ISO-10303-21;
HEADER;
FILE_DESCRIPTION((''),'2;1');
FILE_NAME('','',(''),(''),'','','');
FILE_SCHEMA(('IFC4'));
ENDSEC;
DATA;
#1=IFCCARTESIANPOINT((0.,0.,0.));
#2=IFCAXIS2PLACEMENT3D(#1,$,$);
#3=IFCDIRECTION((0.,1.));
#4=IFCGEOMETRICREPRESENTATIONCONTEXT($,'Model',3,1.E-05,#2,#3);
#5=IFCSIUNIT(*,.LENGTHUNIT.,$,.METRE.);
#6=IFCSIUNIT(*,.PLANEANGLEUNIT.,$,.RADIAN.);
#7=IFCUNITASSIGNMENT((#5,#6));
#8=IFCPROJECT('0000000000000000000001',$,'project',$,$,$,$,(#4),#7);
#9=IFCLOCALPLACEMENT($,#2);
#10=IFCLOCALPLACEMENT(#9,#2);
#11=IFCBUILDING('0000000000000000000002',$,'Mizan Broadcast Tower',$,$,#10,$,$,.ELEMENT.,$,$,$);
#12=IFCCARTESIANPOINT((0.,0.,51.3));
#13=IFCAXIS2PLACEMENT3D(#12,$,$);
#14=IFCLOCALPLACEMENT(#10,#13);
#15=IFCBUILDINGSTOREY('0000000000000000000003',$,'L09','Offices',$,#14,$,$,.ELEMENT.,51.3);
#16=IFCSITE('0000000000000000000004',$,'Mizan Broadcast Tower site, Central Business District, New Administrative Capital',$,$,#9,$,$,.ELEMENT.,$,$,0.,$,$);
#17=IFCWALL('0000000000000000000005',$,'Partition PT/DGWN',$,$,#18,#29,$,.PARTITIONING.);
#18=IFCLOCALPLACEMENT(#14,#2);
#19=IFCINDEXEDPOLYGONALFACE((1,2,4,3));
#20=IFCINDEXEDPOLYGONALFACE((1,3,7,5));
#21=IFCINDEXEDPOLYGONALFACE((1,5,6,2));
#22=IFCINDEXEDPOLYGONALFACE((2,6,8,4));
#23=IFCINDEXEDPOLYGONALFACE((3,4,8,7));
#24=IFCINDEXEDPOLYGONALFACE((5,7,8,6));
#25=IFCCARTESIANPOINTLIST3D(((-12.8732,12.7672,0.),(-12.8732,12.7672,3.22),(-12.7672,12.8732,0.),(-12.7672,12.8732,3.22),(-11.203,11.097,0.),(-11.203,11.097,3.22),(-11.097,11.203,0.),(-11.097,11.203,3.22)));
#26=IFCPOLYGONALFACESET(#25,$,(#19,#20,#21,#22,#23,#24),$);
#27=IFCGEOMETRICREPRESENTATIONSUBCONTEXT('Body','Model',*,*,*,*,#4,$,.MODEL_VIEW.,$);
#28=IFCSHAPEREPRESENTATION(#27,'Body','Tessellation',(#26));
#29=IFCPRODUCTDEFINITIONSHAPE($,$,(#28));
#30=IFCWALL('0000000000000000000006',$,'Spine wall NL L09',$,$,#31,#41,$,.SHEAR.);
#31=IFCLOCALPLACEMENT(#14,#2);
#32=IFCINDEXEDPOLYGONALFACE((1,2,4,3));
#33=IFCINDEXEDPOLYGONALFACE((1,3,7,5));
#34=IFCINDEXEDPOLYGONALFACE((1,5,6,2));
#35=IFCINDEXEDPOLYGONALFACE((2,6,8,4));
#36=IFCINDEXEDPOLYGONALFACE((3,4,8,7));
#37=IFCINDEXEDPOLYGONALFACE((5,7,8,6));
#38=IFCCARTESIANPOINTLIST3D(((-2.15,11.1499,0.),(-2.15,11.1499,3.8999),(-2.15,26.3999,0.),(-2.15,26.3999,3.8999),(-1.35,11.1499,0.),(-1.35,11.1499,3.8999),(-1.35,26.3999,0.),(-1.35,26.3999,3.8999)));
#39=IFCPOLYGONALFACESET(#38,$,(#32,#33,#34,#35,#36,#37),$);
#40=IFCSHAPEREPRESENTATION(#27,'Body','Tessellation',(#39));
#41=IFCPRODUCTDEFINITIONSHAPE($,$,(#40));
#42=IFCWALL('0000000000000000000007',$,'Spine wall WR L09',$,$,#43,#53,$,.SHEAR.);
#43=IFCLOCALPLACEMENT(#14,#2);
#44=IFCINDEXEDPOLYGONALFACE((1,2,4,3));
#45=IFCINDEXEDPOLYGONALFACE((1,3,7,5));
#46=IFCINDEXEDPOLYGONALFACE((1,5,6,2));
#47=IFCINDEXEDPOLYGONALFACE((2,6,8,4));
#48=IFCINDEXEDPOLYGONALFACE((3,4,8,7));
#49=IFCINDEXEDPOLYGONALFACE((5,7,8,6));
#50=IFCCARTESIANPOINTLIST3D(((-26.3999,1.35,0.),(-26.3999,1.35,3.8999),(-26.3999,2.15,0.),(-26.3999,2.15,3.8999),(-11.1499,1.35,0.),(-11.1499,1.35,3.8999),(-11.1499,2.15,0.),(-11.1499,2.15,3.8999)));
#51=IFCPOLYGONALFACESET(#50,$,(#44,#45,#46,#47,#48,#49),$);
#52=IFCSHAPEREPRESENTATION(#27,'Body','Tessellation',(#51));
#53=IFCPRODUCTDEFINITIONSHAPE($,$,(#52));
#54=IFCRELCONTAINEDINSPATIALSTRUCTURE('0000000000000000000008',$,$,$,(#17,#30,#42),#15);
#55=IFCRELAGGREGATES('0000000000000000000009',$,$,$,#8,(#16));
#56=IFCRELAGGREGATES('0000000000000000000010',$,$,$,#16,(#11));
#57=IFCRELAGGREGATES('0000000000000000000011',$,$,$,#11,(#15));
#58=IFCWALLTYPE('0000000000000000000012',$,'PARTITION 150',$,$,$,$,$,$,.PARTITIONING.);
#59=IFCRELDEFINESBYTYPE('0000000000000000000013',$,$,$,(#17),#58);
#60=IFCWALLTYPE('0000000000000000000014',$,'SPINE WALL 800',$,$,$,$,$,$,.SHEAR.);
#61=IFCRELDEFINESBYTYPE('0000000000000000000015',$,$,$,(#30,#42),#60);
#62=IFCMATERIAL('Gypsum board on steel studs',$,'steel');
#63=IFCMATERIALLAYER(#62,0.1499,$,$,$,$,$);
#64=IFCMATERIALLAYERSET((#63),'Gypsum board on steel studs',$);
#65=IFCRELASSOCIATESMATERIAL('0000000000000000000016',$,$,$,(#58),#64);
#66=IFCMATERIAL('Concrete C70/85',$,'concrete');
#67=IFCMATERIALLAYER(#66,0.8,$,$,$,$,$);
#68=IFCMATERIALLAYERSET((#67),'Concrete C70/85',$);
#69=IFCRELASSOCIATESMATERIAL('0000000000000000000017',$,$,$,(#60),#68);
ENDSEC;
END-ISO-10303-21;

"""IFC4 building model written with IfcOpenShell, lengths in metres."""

from ifc_helpers import new_model, si_unit, direction, frame, frame_2d, origin, place, context, subcontext, project, spatial, rectangle, extrude, material, layer, layer_set, type_object, element, save


model = new_model("IFC4")

# Units and contexts
model_context = context("Model", 3, precision=1e-05, world=origin(), true_north=direction((0.0, 1.0)))
body_context = subcontext(model_context, "Body", "Model", "MODEL_VIEW")
ifc_project = project(units=[si_unit("LENGTHUNIT", "METRE"), si_unit("PLANEANGLEUNIT", "RADIAN")], contexts=[model_context])

# Site, building, storey
site_placement = place(None, origin())
site = spatial("IfcSite", under=ifc_project, at=site_placement, Name="Mizan Broadcast Tower site, Central Business District, New Administrative Capital", CompositionType="ELEMENT", RefElevation=0.0)
building_placement = place(site_placement, origin())
building = spatial("IfcBuilding", under=site, at=building_placement, Name="Mizan Broadcast Tower", CompositionType="ELEMENT")
storey_placement = place(building_placement, frame((0.0, 0.0, 51.3)))
storey = spatial("IfcBuildingStorey", under=building, at=storey_placement, Name="L09", Description="Offices", CompositionType="ELEMENT", Elevation=51.3)

# Walls
ifc_material_1 = material(Name="Gypsum board on steel studs", Category="steel")
ifc_layer_1 = layer(ifc_material_1, 0.1499)
ifc_layer_set_1 = layer_set([ifc_layer_1], Name="Gypsum board on steel studs")
wall_type_1 = type_object("IfcWallType", Name="PARTITION 150", PredefinedType="PARTITIONING", material=ifc_layer_set_1)
wall_1_placement = place(storey_placement, frame((-11.1499, 11.1499, 0.0), z_axis=(0.0, 0.0, 1.0), x_axis=(-0.707107, 0.707107, 0.0)))
element("IfcWall", 1, at=wall_1_placement, inside=storey, type_object=wall_type_1, Name="Partition PT/DGWN", PredefinedType="PARTITIONING", context=body_context, shape_type="SweptSolid", body=[
    extrude(rectangle(XDim=2.3621, YDim=0.1499, at=frame_2d((1.1812, 0.0))), origin(), (0.0, 0.0, 1.0), 3.22),
])
ifc_material_2 = material(Name="Concrete C70/85", Category="concrete")
ifc_layer_2 = layer(ifc_material_2, 0.8)
ifc_layer_set_2 = layer_set([ifc_layer_2], Name="Concrete C70/85")
wall_type_2 = type_object("IfcWallType", Name="SPINE WALL 800", PredefinedType="SHEAR", material=ifc_layer_set_2)
for number, where, z_axis, x_axis, name in (
    (2, (-1.75, 11.1499, 0.0), (0.0, 0.0, 1.0), (0.0, 1.0, 0.0), "Spine wall NL L09"),
    (3, (-11.1499, 1.75, 0.0), (0.0, 0.0, 1.0), (-1.0, 0.0, 0.0), "Spine wall WR L09"),
):
    element("IfcWall", number, at=place(storey_placement, frame(where, z_axis=z_axis, x_axis=x_axis)), inside=storey, type_object=wall_type_2, Name=name, PredefinedType="SHEAR", context=body_context, shape_type="SweptSolid", body=[
        extrude(rectangle(XDim=15.25, YDim=0.8, at=frame_2d((7.625, 0.0))), origin(), (0.0, 0.0, 1.0), 3.8999),
    ])

save(model, "model.ifc")
